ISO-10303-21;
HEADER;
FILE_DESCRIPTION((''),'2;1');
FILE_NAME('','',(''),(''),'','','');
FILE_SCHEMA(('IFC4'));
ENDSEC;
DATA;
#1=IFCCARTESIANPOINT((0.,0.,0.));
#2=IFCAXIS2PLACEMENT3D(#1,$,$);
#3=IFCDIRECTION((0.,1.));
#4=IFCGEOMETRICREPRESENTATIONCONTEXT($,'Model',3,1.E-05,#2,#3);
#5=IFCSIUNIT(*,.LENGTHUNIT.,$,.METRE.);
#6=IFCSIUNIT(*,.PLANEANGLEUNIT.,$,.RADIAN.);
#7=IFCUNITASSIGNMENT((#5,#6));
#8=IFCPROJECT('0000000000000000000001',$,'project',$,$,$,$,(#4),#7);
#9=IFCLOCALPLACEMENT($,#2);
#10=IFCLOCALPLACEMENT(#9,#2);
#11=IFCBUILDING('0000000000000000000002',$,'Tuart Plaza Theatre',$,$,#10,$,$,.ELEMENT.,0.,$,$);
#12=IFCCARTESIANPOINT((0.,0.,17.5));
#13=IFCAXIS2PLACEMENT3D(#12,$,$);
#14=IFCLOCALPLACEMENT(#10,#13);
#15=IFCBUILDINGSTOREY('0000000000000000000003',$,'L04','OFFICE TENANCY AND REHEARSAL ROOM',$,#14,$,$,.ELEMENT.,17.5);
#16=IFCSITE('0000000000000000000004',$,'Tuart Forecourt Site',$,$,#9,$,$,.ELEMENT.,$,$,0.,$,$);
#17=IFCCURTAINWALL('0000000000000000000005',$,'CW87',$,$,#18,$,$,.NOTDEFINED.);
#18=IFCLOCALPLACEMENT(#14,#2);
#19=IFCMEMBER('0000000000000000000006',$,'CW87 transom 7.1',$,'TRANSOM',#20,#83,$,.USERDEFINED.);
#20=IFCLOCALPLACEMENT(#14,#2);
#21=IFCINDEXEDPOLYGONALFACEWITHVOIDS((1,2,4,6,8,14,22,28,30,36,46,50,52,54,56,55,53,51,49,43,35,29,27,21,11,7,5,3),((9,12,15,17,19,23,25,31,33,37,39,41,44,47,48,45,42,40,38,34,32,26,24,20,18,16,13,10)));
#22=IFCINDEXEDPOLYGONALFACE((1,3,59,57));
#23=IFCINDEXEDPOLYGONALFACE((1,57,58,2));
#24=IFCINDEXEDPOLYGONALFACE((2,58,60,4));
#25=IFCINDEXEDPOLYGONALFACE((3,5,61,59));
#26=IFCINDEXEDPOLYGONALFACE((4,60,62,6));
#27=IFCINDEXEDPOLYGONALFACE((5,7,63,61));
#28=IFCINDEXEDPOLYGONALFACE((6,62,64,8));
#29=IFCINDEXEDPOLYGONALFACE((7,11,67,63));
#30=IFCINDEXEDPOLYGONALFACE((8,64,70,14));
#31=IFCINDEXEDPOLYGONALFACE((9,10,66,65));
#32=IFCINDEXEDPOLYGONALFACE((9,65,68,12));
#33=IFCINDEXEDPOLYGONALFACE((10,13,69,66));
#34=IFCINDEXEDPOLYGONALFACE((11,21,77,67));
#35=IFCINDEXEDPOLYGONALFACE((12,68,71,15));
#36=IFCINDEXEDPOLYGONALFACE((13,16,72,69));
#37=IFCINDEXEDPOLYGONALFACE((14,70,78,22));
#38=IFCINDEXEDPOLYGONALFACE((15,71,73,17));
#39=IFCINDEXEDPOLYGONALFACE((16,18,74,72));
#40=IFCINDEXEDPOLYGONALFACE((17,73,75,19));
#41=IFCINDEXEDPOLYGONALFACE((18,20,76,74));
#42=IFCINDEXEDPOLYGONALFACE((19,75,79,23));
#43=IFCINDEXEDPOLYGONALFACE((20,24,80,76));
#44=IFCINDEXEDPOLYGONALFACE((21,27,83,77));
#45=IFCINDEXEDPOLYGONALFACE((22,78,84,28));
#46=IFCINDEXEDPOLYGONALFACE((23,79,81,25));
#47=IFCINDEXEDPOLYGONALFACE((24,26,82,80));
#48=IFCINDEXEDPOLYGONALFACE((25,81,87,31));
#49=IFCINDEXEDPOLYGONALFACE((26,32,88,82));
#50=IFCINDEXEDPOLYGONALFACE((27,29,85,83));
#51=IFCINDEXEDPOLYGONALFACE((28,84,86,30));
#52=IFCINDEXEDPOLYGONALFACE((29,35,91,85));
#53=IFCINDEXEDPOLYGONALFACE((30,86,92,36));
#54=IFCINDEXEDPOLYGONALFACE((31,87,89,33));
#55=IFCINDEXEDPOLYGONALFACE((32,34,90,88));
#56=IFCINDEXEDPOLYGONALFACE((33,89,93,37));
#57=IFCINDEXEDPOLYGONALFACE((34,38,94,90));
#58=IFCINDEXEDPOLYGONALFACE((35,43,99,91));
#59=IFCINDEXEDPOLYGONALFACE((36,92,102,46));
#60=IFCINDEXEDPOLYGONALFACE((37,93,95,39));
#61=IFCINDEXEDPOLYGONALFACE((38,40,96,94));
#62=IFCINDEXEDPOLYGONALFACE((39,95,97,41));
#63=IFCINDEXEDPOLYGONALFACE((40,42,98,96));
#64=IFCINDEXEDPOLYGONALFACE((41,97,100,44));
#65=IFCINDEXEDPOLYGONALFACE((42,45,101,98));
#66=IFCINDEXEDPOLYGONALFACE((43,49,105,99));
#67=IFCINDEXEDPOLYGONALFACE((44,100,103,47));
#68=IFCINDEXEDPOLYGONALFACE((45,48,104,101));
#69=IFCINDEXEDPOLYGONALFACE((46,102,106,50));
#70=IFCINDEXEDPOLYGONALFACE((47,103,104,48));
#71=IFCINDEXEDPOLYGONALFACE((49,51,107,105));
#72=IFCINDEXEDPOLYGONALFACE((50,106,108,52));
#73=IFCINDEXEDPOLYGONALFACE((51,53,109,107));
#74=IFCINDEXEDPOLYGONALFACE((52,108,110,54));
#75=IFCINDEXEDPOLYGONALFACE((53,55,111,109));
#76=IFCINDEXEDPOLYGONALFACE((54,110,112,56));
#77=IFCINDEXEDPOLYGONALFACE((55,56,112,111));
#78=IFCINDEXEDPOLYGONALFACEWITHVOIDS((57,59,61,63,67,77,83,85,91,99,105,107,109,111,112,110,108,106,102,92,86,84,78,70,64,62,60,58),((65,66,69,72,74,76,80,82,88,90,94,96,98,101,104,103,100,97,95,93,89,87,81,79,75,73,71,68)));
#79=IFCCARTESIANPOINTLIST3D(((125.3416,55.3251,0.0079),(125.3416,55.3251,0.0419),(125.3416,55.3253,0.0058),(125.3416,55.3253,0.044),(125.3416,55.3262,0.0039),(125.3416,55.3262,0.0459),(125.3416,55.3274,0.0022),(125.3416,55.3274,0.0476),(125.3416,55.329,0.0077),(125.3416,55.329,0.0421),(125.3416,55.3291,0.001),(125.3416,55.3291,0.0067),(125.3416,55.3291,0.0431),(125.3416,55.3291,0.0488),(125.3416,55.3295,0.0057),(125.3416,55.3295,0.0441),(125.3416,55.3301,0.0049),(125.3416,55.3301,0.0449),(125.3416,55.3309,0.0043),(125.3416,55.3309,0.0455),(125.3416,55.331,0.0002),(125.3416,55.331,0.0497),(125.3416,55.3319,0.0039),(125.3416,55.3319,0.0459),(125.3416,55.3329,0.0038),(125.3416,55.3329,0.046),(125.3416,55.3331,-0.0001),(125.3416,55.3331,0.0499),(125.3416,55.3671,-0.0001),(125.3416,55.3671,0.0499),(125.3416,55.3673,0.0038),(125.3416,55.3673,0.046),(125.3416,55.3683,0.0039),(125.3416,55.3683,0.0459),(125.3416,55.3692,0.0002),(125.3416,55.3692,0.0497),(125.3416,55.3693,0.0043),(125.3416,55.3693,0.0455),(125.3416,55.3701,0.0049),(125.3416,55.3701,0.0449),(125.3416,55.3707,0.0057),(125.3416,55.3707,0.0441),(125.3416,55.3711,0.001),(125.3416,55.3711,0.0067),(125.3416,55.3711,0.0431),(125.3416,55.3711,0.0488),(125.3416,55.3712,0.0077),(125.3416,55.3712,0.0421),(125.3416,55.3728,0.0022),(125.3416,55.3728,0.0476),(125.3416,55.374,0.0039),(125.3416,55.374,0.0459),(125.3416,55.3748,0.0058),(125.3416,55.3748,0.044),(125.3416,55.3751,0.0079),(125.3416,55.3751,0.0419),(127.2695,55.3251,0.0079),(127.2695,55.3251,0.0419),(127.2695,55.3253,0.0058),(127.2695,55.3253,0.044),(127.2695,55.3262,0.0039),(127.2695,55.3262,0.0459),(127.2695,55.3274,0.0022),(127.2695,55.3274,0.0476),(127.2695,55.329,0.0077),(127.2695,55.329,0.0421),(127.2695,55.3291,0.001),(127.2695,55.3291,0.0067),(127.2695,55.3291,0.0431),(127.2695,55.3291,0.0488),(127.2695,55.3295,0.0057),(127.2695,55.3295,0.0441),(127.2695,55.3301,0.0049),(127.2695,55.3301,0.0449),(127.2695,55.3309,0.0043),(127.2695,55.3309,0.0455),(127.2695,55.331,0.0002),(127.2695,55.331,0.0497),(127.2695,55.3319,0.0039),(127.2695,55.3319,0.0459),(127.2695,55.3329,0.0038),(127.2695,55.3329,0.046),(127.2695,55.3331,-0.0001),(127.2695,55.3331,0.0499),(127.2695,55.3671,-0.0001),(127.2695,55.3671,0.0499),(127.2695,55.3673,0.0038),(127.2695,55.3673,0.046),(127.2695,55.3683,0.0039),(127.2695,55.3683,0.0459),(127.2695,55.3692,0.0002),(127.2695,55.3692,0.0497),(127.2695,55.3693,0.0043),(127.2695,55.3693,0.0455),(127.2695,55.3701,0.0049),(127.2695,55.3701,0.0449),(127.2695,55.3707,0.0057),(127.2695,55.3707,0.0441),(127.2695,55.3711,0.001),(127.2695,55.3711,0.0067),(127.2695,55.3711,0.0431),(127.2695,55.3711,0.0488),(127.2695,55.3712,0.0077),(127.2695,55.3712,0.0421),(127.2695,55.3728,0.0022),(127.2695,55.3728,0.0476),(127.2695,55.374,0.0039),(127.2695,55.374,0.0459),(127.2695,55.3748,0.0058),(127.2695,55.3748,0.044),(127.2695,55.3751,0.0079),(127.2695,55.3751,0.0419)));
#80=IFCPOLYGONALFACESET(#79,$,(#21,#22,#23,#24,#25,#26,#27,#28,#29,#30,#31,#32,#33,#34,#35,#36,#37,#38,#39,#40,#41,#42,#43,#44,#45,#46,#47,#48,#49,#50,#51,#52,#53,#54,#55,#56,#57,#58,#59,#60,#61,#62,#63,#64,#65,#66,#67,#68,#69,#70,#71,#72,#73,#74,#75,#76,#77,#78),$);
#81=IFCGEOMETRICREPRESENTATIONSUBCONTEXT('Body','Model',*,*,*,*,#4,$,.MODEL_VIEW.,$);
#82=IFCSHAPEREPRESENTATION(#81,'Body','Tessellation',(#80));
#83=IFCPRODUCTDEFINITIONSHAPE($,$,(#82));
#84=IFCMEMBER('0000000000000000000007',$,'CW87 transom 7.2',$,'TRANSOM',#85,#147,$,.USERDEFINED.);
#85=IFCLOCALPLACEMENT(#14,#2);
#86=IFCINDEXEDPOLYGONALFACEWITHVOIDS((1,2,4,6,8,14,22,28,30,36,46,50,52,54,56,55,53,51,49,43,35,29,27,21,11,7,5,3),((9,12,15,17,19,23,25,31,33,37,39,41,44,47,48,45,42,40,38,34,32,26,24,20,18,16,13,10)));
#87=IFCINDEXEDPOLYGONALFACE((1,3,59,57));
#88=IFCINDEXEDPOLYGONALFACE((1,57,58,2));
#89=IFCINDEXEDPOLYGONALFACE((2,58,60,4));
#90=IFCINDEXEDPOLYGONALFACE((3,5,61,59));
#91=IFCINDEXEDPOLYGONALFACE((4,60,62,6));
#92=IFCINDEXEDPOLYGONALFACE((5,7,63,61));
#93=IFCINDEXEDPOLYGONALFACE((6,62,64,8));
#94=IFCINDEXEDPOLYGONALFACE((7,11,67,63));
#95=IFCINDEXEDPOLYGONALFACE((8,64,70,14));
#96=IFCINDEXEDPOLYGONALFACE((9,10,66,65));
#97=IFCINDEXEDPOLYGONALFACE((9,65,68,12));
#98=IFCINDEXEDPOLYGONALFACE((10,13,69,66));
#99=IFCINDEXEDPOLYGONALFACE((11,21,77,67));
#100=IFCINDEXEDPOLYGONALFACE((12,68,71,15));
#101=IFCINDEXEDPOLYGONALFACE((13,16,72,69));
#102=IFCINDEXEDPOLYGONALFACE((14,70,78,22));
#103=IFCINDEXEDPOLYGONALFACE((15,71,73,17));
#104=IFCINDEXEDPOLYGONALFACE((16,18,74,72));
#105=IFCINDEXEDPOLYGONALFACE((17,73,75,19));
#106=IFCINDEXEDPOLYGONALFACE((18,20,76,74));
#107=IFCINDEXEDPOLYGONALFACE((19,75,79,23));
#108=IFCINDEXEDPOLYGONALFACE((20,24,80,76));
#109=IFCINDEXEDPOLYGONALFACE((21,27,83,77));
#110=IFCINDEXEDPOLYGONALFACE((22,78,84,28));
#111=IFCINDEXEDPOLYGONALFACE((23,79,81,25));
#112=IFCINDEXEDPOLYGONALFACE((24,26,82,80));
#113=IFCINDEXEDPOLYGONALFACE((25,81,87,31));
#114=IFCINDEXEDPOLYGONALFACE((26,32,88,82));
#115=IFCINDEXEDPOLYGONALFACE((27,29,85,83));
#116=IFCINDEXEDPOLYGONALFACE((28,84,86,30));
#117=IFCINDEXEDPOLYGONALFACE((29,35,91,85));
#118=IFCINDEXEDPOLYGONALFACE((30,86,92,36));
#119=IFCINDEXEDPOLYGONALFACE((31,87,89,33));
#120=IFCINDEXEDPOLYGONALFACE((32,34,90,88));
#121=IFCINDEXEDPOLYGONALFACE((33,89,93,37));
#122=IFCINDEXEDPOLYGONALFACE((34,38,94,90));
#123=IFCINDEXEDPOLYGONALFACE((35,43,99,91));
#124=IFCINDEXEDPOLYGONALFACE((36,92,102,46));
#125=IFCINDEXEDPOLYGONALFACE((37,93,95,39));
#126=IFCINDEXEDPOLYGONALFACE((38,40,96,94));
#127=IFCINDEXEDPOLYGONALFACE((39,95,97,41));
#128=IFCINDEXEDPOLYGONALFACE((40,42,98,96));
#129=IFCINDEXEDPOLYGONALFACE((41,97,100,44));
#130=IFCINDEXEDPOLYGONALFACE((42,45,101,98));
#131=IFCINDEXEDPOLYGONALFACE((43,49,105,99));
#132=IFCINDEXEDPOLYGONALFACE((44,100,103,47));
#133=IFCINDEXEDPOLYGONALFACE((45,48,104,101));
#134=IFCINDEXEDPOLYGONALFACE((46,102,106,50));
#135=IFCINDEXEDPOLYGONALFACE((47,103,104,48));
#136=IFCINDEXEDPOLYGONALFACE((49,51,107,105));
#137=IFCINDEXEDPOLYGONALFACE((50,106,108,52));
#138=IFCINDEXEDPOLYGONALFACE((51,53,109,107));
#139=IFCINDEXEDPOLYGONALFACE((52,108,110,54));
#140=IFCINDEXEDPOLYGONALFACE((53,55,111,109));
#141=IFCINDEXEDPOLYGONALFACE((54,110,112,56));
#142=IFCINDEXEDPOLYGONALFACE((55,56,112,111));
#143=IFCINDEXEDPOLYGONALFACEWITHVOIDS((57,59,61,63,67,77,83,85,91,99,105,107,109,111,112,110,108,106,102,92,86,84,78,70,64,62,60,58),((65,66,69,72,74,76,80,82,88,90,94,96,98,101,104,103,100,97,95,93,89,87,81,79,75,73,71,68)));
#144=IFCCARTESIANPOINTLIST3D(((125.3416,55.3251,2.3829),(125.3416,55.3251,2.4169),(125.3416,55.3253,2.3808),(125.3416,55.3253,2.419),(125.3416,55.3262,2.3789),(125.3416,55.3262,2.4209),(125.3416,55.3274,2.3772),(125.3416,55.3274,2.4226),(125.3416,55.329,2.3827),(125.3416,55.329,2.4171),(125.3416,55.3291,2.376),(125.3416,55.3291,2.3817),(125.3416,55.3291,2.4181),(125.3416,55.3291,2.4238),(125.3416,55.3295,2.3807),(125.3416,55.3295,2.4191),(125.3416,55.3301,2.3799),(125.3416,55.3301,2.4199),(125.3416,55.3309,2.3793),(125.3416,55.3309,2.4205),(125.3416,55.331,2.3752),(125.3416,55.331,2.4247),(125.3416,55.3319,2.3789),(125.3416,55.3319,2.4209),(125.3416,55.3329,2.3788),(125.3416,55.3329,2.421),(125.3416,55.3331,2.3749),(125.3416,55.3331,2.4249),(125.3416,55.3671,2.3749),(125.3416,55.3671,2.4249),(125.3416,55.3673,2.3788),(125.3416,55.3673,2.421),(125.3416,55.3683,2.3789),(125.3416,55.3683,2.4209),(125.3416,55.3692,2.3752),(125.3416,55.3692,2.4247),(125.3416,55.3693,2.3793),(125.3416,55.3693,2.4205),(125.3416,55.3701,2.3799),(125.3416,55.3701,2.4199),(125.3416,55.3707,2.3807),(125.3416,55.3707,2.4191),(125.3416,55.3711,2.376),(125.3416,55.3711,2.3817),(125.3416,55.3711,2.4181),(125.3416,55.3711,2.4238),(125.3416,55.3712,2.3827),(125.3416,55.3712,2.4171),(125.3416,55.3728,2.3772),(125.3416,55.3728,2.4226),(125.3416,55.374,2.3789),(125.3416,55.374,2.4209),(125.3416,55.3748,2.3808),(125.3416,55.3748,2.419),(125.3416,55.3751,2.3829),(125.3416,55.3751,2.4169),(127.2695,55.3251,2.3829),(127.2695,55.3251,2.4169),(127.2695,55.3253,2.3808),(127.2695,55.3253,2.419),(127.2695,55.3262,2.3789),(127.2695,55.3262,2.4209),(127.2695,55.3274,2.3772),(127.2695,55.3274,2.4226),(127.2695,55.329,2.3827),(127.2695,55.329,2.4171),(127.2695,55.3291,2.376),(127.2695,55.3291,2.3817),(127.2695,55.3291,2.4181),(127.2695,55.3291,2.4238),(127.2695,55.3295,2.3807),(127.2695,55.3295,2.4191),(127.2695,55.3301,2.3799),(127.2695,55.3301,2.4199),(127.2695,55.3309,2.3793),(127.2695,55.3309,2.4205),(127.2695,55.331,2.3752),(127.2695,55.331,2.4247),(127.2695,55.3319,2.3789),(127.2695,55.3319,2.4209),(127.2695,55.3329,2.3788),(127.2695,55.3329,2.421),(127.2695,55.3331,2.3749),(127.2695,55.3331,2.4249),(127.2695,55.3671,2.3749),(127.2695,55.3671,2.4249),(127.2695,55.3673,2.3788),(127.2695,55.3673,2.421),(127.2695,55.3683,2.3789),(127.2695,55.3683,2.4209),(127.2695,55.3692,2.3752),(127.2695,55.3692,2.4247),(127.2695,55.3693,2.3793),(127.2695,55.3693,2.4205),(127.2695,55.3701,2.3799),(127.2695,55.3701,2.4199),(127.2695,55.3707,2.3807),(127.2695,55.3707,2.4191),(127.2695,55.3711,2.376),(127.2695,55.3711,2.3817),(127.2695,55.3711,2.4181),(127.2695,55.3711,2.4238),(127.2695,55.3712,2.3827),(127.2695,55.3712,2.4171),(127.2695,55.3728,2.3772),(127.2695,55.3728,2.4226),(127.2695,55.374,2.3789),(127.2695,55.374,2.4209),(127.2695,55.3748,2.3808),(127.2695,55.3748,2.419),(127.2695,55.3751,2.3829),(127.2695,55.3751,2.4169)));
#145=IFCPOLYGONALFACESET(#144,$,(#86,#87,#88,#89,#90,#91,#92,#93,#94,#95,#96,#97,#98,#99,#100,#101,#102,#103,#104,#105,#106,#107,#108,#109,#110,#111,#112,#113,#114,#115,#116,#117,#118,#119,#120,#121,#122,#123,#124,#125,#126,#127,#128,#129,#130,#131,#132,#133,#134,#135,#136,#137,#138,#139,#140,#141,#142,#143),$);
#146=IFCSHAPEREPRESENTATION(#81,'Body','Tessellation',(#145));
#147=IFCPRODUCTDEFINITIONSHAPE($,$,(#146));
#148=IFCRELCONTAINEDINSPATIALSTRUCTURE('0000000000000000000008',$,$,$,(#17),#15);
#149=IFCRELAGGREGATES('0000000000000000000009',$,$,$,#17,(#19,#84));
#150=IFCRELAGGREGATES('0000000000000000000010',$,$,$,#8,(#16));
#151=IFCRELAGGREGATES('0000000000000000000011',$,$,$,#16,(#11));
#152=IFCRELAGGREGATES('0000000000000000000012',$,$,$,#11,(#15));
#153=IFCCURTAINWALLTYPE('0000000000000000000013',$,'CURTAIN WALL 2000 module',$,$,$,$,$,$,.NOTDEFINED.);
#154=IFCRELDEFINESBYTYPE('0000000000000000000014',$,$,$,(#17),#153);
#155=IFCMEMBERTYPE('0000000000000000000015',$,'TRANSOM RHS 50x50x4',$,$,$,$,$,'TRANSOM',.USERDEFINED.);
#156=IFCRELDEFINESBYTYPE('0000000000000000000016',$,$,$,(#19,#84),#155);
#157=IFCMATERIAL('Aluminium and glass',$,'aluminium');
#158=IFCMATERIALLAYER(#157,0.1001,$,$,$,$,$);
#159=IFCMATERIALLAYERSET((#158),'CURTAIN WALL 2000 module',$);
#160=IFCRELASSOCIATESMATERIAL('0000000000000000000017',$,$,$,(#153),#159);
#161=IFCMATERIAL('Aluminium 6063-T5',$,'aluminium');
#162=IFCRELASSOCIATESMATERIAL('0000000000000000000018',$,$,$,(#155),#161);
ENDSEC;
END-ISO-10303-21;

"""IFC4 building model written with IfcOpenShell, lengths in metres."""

from ifc_helpers import new_model, si_unit, direction, frame, origin, origin_2d, place, context, subcontext, project, spatial, hollow_rectangle, extrude, material, layer, layer_set, material_profile, profile_set, type_object, element, aggregate, save


model = new_model("IFC4")

# Units and contexts
model_context = context("Model", 3, precision=1e-05, world=origin(), true_north=direction((0.0, 1.0)))
body_context = subcontext(model_context, "Body", "Model", "MODEL_VIEW")
ifc_project = project(units=[si_unit("LENGTHUNIT", "METRE"), si_unit("PLANEANGLEUNIT", "RADIAN")], contexts=[model_context])

# Site, building, storey
site_placement = place(None, origin())
site = spatial("IfcSite", under=ifc_project, at=site_placement, Name="Tuart Forecourt Site", CompositionType="ELEMENT", RefElevation=0.0)
building_placement = place(site_placement, origin())
building = spatial("IfcBuilding", under=site, at=building_placement, Name="Tuart Plaza Theatre", CompositionType="ELEMENT", ElevationOfRefHeight=0.0)
storey_placement = place(building_placement, frame((0.0, 0.0, 17.5)))
storey = spatial("IfcBuildingStorey", under=building, at=storey_placement, Name="L04", Description="OFFICE TENANCY AND REHEARSAL ROOM", CompositionType="ELEMENT", Elevation=17.5)

# Curtain wall
ifc_material_1 = material(Name="Aluminium and glass", Category="aluminium")
ifc_layer_1 = layer(ifc_material_1, 0.1001)
ifc_layer_set_1 = layer_set([ifc_layer_1], Name="CURTAIN WALL 2000 module")
curtain_wall_type = type_object("IfcCurtainWallType", Name="CURTAIN WALL 2000 module", PredefinedType="NOTDEFINED", material=ifc_layer_set_1)
curtain_wall_1_placement = place(storey_placement, origin())
curtain_wall_1 = element("IfcCurtainWall", 1, at=curtain_wall_1_placement, inside=storey, type_object=curtain_wall_type, Name="CW87", PredefinedType="NOTDEFINED")

# Shared definitions
ifc_material_2 = material(Name="Aluminium 6063-T5", Category="aluminium")
ifc_material_profile_1 = material_profile(ifc_material_2, hollow_rectangle(XDim=0.05, YDim=0.05, WallThickness=0.0039, InnerFilletRadius=0.0039, OuterFilletRadius=0.0081, at=origin_2d()), Name="RHS 50x50x4")
ifc_profile_set_1 = profile_set([ifc_material_profile_1], Name="Aluminium 6063-T5")
member_type_1 = type_object("IfcMemberType", Name="TRANSOM RHS 50x50x4", ElementType="TRANSOM", PredefinedType="USERDEFINED", material=ifc_profile_set_1)

# Members
member_1_placement = place(storey_placement, frame((125.3416, 55.3501, 0.0249), z_axis=(1.0, 0.0, 0.0), x_axis=(0.0, 1.0, 0.0)))
member_1 = element("IfcMember", 2, at=member_1_placement, type_object=member_type_1, Name="CW87 transom 7.1", ObjectType="TRANSOM", PredefinedType="USERDEFINED", context=body_context, shape_type="SweptSolid", body=[
    extrude(hollow_rectangle(XDim=0.05, YDim=0.05, WallThickness=0.0039, InnerFilletRadius=0.0039, OuterFilletRadius=0.0081, at=origin_2d()), origin(), (0.0, 0.0, 1.0), 1.928),
])
member_2_placement = place(storey_placement, frame((125.3416, 55.3501, 2.3999), z_axis=(1.0, 0.0, 0.0), x_axis=(0.0, 1.0, 0.0)))
member_2 = element("IfcMember", 3, at=member_2_placement, type_object=member_type_1, Name="CW87 transom 7.2", ObjectType="TRANSOM", PredefinedType="USERDEFINED", context=body_context, shape_type="SweptSolid", body=[
    extrude(hollow_rectangle(XDim=0.05, YDim=0.05, WallThickness=0.0039, InnerFilletRadius=0.0039, OuterFilletRadius=0.0081, at=origin_2d()), origin(), (0.0, 0.0, 1.0), 1.928),
])

aggregate(curtain_wall_1, [member_1, member_2])

save(model, "model.ifc")
